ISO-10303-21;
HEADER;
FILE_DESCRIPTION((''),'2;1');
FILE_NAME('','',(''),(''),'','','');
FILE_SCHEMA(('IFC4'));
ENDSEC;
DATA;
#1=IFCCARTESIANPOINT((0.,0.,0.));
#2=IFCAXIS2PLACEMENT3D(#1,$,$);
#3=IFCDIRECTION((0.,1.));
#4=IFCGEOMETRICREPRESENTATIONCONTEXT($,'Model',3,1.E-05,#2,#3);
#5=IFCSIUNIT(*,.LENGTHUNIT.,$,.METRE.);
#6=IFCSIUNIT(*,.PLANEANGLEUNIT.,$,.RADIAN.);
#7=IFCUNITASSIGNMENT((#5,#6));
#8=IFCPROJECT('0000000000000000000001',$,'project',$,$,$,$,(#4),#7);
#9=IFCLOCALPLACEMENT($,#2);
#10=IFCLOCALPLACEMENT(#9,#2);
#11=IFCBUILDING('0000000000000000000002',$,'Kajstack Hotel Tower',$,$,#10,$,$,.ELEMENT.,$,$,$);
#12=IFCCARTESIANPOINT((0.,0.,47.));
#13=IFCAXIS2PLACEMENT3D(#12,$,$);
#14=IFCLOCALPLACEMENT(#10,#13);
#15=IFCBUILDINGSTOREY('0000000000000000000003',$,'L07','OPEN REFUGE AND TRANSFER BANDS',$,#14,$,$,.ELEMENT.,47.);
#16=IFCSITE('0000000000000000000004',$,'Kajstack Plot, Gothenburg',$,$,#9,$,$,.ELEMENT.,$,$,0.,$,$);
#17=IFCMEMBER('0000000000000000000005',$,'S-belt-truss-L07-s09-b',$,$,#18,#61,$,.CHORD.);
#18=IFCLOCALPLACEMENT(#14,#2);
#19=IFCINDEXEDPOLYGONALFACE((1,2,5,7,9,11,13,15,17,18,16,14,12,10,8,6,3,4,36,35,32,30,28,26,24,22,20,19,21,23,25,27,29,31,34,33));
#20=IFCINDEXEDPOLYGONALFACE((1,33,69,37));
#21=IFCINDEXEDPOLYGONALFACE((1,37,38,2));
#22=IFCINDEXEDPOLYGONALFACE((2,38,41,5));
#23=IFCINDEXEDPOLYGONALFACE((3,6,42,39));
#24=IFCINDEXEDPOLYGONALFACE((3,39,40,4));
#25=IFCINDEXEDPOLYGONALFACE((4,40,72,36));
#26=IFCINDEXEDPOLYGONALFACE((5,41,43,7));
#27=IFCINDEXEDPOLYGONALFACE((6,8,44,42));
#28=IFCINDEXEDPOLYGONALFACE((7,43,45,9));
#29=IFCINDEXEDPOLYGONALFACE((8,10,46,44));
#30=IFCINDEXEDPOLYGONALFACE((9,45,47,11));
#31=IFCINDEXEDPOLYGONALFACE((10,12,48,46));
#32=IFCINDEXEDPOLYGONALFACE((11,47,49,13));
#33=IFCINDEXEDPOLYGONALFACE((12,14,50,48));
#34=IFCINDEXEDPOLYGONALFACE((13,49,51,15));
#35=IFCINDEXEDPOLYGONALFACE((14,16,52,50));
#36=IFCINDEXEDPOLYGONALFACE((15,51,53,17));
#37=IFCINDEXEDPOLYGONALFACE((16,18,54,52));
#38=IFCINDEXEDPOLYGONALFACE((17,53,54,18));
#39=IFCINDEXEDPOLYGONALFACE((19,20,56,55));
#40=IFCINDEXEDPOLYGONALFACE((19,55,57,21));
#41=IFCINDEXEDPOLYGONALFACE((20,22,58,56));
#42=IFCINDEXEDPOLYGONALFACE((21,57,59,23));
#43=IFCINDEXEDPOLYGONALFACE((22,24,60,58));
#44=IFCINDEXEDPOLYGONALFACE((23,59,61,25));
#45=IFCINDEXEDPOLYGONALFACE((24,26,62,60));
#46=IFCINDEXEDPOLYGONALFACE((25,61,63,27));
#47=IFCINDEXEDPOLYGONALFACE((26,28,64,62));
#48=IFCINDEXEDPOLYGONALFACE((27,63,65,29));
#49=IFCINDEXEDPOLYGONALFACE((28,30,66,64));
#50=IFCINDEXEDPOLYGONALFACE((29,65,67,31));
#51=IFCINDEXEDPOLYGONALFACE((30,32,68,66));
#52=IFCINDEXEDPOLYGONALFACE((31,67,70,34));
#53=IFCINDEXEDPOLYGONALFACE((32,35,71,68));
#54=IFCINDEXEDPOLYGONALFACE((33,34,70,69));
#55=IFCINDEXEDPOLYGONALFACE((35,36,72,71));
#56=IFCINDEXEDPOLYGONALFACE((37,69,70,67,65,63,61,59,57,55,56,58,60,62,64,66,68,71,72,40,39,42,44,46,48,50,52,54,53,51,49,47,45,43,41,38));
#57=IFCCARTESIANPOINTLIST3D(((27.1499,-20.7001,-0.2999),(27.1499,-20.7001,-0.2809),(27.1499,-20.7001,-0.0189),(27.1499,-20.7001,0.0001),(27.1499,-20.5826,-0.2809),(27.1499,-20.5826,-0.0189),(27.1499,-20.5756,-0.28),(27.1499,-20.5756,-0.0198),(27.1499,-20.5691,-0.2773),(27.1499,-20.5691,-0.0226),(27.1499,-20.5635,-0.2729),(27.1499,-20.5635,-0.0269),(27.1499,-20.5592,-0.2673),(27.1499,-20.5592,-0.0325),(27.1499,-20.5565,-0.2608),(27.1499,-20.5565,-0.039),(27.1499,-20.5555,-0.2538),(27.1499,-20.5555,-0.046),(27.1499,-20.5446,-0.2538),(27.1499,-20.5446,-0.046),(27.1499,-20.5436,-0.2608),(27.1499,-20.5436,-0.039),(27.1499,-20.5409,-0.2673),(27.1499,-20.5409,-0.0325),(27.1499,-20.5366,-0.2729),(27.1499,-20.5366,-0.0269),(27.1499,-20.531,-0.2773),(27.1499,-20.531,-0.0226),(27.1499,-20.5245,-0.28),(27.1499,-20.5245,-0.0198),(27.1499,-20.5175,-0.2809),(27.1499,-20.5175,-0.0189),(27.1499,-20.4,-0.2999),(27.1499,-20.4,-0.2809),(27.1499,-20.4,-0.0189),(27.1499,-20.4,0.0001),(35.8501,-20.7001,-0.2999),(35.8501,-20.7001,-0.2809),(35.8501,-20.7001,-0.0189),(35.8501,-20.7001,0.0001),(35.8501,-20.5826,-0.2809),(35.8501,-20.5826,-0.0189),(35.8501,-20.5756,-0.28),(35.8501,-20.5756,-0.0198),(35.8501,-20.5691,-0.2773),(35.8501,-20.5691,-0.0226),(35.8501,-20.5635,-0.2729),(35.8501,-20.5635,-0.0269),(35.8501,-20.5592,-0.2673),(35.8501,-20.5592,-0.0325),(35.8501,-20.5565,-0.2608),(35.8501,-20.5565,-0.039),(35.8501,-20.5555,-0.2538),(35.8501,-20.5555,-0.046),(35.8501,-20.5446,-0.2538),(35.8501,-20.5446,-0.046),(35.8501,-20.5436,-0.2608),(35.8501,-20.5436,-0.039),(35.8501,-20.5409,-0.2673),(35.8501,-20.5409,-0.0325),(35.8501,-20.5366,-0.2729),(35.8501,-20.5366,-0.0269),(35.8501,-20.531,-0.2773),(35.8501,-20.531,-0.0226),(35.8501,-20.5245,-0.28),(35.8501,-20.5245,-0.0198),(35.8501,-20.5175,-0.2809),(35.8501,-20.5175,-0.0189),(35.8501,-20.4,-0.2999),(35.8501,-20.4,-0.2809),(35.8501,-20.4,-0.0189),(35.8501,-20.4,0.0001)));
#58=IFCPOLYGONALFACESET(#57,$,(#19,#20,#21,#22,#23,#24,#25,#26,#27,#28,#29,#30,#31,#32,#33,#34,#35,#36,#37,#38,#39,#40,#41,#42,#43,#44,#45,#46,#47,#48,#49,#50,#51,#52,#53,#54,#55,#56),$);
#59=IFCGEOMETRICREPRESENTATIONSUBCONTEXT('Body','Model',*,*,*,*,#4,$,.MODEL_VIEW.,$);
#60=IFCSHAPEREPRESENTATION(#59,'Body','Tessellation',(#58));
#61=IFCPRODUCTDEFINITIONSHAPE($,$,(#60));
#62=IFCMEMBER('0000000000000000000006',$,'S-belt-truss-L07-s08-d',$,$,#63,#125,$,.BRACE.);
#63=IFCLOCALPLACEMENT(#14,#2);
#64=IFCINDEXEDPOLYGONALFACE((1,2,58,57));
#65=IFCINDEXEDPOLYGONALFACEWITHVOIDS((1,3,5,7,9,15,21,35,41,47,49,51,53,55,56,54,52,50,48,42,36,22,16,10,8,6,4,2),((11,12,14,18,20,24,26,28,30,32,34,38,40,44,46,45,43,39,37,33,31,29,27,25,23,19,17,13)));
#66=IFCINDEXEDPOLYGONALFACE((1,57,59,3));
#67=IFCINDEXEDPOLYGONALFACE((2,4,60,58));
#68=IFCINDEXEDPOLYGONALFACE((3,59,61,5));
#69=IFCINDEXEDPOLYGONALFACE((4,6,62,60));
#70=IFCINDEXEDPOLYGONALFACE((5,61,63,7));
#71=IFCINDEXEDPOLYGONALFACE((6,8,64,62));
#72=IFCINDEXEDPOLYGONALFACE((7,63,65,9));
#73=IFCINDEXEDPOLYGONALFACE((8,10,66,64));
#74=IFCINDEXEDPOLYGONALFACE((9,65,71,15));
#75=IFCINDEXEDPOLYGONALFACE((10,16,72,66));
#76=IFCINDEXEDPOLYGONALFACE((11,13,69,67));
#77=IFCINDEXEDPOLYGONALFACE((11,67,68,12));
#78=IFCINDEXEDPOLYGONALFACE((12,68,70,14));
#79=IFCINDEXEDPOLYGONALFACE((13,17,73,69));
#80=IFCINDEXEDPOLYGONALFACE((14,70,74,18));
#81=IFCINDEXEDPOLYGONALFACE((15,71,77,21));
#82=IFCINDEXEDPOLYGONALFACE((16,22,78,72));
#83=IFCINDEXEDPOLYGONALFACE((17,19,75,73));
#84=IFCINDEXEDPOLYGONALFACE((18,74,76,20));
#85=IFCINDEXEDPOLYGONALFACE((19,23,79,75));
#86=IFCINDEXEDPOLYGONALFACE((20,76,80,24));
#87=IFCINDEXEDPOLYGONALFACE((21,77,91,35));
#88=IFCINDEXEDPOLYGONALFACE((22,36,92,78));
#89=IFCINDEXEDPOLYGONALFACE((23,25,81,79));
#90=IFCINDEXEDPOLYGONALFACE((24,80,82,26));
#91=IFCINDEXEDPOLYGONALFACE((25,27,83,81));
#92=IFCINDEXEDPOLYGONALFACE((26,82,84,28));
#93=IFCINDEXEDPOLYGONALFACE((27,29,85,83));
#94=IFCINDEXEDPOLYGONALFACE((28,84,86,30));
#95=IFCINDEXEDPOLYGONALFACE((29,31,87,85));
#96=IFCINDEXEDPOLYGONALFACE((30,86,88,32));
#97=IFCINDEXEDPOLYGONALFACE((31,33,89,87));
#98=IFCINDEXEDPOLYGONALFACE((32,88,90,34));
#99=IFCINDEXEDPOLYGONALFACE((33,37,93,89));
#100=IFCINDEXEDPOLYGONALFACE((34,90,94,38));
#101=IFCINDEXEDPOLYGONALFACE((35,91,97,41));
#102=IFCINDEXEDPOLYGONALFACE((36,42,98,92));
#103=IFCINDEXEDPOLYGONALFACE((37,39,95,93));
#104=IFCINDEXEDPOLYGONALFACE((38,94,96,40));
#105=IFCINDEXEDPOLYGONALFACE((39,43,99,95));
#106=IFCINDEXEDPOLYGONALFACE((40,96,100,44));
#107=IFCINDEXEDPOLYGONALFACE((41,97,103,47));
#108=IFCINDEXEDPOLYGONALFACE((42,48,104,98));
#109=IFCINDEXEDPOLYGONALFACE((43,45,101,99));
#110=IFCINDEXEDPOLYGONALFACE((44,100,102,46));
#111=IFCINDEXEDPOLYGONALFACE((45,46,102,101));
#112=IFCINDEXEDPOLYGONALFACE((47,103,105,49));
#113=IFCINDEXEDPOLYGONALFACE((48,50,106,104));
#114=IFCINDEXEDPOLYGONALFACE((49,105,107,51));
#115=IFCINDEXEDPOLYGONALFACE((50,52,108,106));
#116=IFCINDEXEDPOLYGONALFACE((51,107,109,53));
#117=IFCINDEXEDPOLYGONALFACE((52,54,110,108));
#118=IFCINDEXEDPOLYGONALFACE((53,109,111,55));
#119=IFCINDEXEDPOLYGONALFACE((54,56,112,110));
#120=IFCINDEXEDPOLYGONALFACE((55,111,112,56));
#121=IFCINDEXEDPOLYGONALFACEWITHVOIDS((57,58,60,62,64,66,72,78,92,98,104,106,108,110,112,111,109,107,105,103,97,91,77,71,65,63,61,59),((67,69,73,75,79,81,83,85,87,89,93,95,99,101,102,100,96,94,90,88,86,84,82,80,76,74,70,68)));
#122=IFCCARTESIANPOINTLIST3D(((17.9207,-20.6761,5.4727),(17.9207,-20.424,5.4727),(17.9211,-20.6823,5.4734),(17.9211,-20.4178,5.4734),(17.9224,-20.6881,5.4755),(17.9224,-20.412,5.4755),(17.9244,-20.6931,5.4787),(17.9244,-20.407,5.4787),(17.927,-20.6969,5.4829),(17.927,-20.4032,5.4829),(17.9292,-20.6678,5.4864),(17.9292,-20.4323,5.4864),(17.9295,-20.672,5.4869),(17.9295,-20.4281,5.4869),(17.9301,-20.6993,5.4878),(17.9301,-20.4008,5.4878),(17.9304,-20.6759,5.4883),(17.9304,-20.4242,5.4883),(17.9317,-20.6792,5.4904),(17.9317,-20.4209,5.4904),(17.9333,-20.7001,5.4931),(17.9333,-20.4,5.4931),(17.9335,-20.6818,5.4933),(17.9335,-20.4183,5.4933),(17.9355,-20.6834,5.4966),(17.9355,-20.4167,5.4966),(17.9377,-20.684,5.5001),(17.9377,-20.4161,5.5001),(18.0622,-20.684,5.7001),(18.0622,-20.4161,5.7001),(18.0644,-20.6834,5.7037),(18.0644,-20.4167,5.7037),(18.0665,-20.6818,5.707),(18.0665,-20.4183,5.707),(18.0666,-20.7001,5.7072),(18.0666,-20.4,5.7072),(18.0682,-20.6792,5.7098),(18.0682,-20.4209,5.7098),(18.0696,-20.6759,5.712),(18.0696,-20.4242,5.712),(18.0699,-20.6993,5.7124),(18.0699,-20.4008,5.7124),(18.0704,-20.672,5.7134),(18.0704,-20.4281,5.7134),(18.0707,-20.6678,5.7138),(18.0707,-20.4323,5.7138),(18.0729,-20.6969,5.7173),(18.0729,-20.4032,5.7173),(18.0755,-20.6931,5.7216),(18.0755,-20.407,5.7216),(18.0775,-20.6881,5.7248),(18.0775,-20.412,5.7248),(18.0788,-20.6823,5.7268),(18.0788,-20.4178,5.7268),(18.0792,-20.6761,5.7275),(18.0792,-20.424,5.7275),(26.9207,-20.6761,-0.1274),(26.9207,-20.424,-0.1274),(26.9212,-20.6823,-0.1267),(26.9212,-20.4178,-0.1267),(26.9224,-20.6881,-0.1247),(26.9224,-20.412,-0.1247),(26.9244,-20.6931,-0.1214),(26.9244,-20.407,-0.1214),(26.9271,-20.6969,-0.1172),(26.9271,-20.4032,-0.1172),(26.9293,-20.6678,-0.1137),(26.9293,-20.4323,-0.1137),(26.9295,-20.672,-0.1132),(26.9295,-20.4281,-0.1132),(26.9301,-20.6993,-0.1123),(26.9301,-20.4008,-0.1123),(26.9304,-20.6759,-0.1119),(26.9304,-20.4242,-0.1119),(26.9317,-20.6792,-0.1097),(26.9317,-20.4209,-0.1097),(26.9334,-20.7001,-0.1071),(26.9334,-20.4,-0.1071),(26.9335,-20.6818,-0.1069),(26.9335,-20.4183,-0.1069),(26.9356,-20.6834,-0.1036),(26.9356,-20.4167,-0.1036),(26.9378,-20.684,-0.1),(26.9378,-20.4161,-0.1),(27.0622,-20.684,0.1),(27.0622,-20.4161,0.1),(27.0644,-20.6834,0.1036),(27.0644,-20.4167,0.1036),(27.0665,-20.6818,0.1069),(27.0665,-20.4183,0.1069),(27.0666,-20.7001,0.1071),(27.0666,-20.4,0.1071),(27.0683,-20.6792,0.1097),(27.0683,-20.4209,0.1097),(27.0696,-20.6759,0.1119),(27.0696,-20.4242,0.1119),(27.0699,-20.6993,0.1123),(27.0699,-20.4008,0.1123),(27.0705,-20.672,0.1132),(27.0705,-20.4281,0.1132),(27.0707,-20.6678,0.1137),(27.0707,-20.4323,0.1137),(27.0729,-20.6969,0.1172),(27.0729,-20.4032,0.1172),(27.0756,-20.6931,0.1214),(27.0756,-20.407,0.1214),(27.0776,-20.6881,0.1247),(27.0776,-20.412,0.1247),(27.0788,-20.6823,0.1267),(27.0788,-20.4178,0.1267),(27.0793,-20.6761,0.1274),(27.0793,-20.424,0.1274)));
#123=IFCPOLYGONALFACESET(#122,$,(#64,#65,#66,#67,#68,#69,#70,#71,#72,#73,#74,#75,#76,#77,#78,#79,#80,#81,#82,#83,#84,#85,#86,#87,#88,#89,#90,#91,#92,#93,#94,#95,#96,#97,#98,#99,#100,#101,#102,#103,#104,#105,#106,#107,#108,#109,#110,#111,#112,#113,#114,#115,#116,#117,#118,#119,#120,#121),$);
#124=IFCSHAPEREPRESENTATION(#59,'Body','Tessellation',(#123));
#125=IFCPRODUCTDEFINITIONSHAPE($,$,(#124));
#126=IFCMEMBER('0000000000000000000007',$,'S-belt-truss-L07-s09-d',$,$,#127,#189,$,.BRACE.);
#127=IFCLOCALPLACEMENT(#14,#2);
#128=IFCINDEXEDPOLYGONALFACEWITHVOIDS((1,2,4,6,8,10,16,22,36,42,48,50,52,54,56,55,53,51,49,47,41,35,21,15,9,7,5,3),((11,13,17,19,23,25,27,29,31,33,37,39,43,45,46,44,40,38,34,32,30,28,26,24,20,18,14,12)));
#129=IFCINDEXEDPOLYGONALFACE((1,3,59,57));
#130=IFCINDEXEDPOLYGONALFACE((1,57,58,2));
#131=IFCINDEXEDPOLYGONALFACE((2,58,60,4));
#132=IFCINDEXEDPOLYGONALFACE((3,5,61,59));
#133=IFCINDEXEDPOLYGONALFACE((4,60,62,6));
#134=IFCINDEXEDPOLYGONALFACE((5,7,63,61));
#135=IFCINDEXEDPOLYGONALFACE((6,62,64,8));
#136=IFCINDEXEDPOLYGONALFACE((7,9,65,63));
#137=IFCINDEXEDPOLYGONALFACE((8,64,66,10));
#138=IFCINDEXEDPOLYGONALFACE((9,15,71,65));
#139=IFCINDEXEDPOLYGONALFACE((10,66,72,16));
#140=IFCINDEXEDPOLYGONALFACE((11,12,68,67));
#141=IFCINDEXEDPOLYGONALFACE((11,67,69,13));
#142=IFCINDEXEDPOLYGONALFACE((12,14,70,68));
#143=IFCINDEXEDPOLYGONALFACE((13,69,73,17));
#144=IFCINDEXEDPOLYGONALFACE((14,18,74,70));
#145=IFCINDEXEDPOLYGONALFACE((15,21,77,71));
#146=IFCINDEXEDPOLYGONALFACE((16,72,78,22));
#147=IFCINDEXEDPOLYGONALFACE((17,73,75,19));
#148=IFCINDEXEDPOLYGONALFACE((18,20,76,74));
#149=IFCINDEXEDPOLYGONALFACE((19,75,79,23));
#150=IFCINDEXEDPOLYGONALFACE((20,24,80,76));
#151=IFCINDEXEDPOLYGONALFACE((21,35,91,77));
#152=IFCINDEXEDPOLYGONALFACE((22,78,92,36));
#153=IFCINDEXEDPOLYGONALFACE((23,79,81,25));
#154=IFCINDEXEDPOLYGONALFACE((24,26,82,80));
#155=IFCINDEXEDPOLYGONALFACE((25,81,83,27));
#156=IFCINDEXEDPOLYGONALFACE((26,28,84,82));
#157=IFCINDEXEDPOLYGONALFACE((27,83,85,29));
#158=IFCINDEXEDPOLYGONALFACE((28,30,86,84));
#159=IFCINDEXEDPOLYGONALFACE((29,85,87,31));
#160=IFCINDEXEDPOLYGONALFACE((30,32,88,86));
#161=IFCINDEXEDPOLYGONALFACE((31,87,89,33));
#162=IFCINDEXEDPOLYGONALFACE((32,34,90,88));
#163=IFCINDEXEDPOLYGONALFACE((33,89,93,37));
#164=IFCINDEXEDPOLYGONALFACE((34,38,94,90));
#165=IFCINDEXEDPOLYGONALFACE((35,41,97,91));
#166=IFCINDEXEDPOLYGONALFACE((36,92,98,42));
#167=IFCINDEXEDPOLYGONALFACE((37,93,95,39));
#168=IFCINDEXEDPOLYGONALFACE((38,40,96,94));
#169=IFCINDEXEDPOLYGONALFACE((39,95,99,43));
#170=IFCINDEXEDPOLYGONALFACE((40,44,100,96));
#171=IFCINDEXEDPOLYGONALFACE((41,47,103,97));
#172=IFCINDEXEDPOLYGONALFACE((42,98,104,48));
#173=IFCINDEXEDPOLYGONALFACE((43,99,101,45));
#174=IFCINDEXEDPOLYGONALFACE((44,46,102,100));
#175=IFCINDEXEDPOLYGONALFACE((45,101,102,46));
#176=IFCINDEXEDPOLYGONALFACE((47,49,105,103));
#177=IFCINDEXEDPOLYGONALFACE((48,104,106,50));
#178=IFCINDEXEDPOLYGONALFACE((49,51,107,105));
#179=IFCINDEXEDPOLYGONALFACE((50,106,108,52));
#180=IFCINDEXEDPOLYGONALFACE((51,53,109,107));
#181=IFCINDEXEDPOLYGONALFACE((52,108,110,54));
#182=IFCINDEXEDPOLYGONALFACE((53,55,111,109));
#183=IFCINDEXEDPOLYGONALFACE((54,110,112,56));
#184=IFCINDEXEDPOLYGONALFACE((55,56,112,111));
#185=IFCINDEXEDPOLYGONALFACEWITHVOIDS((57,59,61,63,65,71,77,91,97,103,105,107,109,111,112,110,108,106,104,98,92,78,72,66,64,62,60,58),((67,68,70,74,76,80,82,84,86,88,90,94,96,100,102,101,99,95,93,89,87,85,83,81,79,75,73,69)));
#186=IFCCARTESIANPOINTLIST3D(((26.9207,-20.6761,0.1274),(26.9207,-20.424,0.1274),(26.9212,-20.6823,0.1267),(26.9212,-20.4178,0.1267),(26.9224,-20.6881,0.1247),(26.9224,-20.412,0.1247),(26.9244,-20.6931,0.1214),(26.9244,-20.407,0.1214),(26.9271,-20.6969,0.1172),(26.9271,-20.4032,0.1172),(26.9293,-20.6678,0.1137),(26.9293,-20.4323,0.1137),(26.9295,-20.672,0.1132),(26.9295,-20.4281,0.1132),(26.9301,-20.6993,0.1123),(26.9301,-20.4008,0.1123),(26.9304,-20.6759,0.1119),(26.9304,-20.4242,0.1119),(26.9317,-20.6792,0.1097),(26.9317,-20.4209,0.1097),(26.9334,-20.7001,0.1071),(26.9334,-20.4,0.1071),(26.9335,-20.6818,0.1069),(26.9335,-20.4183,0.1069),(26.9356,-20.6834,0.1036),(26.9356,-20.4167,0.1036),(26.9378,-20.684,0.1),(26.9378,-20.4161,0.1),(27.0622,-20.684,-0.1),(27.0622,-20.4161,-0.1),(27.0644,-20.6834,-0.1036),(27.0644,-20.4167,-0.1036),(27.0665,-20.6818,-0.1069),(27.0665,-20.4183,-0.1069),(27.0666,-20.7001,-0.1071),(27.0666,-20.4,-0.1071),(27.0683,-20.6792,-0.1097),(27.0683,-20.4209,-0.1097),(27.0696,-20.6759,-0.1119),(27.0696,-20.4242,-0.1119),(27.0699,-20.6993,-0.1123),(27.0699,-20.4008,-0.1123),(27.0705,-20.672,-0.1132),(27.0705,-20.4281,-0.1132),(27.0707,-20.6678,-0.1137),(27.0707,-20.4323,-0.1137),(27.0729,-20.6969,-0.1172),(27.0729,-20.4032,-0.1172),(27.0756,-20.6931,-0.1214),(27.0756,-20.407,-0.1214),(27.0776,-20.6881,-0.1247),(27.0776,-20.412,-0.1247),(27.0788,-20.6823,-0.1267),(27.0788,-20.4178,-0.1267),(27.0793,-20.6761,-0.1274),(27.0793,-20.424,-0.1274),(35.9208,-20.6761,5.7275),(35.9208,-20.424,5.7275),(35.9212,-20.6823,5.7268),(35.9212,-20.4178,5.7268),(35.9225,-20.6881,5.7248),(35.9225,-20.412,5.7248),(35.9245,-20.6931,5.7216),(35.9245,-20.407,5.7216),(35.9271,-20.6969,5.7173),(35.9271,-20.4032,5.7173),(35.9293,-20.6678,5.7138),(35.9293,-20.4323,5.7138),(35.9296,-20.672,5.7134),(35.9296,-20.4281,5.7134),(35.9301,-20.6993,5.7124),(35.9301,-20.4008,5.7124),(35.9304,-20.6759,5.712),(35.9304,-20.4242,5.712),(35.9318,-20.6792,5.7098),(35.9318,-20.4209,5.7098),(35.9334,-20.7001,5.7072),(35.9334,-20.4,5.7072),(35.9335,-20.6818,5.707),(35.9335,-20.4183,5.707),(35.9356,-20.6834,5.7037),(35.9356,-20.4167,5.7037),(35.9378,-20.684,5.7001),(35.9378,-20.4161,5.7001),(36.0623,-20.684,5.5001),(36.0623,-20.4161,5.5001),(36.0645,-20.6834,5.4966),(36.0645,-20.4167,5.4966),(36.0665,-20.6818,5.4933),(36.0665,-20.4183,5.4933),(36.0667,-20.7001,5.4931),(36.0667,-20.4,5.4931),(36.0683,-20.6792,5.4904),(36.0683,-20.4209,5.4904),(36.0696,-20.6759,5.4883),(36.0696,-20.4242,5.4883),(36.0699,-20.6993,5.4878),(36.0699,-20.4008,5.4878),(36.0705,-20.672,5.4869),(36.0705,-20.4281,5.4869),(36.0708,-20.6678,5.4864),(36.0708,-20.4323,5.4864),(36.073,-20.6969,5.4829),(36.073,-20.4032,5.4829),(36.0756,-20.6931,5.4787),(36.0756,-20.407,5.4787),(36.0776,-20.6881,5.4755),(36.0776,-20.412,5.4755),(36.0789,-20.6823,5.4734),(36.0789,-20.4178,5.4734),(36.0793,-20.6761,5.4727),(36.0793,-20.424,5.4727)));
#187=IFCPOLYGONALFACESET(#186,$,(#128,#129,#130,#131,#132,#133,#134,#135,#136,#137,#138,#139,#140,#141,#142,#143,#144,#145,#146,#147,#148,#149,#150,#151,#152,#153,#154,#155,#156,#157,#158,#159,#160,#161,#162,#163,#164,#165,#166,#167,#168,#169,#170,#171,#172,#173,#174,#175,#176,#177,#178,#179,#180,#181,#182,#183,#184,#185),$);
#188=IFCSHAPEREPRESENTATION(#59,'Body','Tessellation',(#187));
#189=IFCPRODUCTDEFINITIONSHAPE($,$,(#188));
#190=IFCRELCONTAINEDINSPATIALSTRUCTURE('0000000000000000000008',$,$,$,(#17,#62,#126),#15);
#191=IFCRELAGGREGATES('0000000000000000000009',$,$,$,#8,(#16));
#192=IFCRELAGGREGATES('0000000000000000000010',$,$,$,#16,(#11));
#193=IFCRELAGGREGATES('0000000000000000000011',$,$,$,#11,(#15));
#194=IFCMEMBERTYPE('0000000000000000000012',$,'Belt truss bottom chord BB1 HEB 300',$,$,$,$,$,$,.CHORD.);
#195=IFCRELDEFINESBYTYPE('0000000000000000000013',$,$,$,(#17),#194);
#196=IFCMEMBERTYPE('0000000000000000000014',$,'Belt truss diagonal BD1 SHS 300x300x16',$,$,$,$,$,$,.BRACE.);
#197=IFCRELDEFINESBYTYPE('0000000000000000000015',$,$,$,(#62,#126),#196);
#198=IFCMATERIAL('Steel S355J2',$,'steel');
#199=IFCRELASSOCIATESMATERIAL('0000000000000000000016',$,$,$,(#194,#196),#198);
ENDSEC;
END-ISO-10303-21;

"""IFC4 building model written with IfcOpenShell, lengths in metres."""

from ifc_helpers import new_model, si_unit, direction, frame, origin, origin_2d, place, context, subcontext, project, spatial, hollow_rectangle, i_section, extrude, material, material_profile, profile_set, type_object, element, save


model = new_model("IFC4")

# Units and contexts
model_context = context("Model", 3, precision=1e-05, world=origin(), true_north=direction((0.0, 1.0)))
body_context = subcontext(model_context, "Body", "Model", "MODEL_VIEW")
ifc_project = project(units=[si_unit("LENGTHUNIT", "METRE"), si_unit("PLANEANGLEUNIT", "RADIAN")], contexts=[model_context])

# Site, building, storey
site_placement = place(None, origin())
site = spatial("IfcSite", under=ifc_project, at=site_placement, Name="Kajstack Plot, Gothenburg", CompositionType="ELEMENT", RefElevation=0.0)
building_placement = place(site_placement, origin())
building = spatial("IfcBuilding", under=site, at=building_placement, Name="Kajstack Hotel Tower", CompositionType="ELEMENT")
storey_placement = place(building_placement, frame((0.0, 0.0, 47.0)))
storey = spatial("IfcBuildingStorey", under=building, at=storey_placement, Name="L07", Description="OPEN REFUGE AND TRANSFER BANDS", CompositionType="ELEMENT", Elevation=47.0)

# Members
ifc_material_1 = material(Name="Steel S355J2", Category="steel")
ifc_material_profile_1 = material_profile(ifc_material_1, i_section(OverallWidth=0.3, OverallDepth=0.3, WebThickness=0.011, FlangeThickness=0.019, FilletRadius=0.0271, at=origin_2d()), Name="HEB 300")
ifc_profile_set_1 = profile_set([ifc_material_profile_1], Name="Steel S355J2")
member_type_1 = type_object("IfcMemberType", Name="Belt truss bottom chord BB1 HEB 300", PredefinedType="CHORD", material=ifc_profile_set_1)
member_1_placement = place(storey_placement, frame((27.1499, -20.55, -0.1499), z_axis=(1.0, 0.0, 0.0), x_axis=(0.0, 1.0, 0.0)))
element("IfcMember", 1, at=member_1_placement, inside=storey, type_object=member_type_1, Name="S-belt-truss-L07-s09-b", PredefinedType="CHORD", context=body_context, shape_type="SweptSolid", body=[
    extrude(i_section(OverallWidth=0.3, OverallDepth=0.3, WebThickness=0.011, FlangeThickness=0.019, FilletRadius=0.0271, at=origin_2d()), origin(), (0.0, 0.0, 1.0), 8.7002),
])
ifc_material_profile_2 = material_profile(ifc_material_1, hollow_rectangle(XDim=0.3, YDim=0.3, WallThickness=0.0161, InnerFilletRadius=0.0161, OuterFilletRadius=0.0239, at=origin_2d()), Name="SHS 300x300x16")
ifc_profile_set_2 = profile_set([ifc_material_profile_2], Name="Steel S355J2")
member_type_2 = type_object("IfcMemberType", Name="Belt truss diagonal BD1 SHS 300x300x16", PredefinedType="BRACE", material=ifc_profile_set_2)
for number, where, z_axis, x_axis, name in (
    (2, (27.0, -20.55, 0.0), (-0.849052, 0.0, 0.528309), (0.0, -1.0, 0.0), "S-belt-truss-L07-s08-d"),
    (3, (27.0, -20.55, 0.0), (0.849052, 0.0, 0.528309), (0.0, 1.0, 0.0), "S-belt-truss-L07-s09-d"),
):
    element("IfcMember", number, at=place(storey_placement, frame(where, z_axis=z_axis, x_axis=x_axis)), inside=storey, type_object=member_type_2, Name=name, PredefinedType="BRACE", context=body_context, shape_type="SweptSolid", body=[
        extrude(hollow_rectangle(XDim=0.3, YDim=0.3, WallThickness=0.0161, InnerFilletRadius=0.0161, OuterFilletRadius=0.0239, at=origin_2d()), origin(), (0.0, 0.0, 1.0), 10.6001),
    ])

save(model, "model.ifc")
